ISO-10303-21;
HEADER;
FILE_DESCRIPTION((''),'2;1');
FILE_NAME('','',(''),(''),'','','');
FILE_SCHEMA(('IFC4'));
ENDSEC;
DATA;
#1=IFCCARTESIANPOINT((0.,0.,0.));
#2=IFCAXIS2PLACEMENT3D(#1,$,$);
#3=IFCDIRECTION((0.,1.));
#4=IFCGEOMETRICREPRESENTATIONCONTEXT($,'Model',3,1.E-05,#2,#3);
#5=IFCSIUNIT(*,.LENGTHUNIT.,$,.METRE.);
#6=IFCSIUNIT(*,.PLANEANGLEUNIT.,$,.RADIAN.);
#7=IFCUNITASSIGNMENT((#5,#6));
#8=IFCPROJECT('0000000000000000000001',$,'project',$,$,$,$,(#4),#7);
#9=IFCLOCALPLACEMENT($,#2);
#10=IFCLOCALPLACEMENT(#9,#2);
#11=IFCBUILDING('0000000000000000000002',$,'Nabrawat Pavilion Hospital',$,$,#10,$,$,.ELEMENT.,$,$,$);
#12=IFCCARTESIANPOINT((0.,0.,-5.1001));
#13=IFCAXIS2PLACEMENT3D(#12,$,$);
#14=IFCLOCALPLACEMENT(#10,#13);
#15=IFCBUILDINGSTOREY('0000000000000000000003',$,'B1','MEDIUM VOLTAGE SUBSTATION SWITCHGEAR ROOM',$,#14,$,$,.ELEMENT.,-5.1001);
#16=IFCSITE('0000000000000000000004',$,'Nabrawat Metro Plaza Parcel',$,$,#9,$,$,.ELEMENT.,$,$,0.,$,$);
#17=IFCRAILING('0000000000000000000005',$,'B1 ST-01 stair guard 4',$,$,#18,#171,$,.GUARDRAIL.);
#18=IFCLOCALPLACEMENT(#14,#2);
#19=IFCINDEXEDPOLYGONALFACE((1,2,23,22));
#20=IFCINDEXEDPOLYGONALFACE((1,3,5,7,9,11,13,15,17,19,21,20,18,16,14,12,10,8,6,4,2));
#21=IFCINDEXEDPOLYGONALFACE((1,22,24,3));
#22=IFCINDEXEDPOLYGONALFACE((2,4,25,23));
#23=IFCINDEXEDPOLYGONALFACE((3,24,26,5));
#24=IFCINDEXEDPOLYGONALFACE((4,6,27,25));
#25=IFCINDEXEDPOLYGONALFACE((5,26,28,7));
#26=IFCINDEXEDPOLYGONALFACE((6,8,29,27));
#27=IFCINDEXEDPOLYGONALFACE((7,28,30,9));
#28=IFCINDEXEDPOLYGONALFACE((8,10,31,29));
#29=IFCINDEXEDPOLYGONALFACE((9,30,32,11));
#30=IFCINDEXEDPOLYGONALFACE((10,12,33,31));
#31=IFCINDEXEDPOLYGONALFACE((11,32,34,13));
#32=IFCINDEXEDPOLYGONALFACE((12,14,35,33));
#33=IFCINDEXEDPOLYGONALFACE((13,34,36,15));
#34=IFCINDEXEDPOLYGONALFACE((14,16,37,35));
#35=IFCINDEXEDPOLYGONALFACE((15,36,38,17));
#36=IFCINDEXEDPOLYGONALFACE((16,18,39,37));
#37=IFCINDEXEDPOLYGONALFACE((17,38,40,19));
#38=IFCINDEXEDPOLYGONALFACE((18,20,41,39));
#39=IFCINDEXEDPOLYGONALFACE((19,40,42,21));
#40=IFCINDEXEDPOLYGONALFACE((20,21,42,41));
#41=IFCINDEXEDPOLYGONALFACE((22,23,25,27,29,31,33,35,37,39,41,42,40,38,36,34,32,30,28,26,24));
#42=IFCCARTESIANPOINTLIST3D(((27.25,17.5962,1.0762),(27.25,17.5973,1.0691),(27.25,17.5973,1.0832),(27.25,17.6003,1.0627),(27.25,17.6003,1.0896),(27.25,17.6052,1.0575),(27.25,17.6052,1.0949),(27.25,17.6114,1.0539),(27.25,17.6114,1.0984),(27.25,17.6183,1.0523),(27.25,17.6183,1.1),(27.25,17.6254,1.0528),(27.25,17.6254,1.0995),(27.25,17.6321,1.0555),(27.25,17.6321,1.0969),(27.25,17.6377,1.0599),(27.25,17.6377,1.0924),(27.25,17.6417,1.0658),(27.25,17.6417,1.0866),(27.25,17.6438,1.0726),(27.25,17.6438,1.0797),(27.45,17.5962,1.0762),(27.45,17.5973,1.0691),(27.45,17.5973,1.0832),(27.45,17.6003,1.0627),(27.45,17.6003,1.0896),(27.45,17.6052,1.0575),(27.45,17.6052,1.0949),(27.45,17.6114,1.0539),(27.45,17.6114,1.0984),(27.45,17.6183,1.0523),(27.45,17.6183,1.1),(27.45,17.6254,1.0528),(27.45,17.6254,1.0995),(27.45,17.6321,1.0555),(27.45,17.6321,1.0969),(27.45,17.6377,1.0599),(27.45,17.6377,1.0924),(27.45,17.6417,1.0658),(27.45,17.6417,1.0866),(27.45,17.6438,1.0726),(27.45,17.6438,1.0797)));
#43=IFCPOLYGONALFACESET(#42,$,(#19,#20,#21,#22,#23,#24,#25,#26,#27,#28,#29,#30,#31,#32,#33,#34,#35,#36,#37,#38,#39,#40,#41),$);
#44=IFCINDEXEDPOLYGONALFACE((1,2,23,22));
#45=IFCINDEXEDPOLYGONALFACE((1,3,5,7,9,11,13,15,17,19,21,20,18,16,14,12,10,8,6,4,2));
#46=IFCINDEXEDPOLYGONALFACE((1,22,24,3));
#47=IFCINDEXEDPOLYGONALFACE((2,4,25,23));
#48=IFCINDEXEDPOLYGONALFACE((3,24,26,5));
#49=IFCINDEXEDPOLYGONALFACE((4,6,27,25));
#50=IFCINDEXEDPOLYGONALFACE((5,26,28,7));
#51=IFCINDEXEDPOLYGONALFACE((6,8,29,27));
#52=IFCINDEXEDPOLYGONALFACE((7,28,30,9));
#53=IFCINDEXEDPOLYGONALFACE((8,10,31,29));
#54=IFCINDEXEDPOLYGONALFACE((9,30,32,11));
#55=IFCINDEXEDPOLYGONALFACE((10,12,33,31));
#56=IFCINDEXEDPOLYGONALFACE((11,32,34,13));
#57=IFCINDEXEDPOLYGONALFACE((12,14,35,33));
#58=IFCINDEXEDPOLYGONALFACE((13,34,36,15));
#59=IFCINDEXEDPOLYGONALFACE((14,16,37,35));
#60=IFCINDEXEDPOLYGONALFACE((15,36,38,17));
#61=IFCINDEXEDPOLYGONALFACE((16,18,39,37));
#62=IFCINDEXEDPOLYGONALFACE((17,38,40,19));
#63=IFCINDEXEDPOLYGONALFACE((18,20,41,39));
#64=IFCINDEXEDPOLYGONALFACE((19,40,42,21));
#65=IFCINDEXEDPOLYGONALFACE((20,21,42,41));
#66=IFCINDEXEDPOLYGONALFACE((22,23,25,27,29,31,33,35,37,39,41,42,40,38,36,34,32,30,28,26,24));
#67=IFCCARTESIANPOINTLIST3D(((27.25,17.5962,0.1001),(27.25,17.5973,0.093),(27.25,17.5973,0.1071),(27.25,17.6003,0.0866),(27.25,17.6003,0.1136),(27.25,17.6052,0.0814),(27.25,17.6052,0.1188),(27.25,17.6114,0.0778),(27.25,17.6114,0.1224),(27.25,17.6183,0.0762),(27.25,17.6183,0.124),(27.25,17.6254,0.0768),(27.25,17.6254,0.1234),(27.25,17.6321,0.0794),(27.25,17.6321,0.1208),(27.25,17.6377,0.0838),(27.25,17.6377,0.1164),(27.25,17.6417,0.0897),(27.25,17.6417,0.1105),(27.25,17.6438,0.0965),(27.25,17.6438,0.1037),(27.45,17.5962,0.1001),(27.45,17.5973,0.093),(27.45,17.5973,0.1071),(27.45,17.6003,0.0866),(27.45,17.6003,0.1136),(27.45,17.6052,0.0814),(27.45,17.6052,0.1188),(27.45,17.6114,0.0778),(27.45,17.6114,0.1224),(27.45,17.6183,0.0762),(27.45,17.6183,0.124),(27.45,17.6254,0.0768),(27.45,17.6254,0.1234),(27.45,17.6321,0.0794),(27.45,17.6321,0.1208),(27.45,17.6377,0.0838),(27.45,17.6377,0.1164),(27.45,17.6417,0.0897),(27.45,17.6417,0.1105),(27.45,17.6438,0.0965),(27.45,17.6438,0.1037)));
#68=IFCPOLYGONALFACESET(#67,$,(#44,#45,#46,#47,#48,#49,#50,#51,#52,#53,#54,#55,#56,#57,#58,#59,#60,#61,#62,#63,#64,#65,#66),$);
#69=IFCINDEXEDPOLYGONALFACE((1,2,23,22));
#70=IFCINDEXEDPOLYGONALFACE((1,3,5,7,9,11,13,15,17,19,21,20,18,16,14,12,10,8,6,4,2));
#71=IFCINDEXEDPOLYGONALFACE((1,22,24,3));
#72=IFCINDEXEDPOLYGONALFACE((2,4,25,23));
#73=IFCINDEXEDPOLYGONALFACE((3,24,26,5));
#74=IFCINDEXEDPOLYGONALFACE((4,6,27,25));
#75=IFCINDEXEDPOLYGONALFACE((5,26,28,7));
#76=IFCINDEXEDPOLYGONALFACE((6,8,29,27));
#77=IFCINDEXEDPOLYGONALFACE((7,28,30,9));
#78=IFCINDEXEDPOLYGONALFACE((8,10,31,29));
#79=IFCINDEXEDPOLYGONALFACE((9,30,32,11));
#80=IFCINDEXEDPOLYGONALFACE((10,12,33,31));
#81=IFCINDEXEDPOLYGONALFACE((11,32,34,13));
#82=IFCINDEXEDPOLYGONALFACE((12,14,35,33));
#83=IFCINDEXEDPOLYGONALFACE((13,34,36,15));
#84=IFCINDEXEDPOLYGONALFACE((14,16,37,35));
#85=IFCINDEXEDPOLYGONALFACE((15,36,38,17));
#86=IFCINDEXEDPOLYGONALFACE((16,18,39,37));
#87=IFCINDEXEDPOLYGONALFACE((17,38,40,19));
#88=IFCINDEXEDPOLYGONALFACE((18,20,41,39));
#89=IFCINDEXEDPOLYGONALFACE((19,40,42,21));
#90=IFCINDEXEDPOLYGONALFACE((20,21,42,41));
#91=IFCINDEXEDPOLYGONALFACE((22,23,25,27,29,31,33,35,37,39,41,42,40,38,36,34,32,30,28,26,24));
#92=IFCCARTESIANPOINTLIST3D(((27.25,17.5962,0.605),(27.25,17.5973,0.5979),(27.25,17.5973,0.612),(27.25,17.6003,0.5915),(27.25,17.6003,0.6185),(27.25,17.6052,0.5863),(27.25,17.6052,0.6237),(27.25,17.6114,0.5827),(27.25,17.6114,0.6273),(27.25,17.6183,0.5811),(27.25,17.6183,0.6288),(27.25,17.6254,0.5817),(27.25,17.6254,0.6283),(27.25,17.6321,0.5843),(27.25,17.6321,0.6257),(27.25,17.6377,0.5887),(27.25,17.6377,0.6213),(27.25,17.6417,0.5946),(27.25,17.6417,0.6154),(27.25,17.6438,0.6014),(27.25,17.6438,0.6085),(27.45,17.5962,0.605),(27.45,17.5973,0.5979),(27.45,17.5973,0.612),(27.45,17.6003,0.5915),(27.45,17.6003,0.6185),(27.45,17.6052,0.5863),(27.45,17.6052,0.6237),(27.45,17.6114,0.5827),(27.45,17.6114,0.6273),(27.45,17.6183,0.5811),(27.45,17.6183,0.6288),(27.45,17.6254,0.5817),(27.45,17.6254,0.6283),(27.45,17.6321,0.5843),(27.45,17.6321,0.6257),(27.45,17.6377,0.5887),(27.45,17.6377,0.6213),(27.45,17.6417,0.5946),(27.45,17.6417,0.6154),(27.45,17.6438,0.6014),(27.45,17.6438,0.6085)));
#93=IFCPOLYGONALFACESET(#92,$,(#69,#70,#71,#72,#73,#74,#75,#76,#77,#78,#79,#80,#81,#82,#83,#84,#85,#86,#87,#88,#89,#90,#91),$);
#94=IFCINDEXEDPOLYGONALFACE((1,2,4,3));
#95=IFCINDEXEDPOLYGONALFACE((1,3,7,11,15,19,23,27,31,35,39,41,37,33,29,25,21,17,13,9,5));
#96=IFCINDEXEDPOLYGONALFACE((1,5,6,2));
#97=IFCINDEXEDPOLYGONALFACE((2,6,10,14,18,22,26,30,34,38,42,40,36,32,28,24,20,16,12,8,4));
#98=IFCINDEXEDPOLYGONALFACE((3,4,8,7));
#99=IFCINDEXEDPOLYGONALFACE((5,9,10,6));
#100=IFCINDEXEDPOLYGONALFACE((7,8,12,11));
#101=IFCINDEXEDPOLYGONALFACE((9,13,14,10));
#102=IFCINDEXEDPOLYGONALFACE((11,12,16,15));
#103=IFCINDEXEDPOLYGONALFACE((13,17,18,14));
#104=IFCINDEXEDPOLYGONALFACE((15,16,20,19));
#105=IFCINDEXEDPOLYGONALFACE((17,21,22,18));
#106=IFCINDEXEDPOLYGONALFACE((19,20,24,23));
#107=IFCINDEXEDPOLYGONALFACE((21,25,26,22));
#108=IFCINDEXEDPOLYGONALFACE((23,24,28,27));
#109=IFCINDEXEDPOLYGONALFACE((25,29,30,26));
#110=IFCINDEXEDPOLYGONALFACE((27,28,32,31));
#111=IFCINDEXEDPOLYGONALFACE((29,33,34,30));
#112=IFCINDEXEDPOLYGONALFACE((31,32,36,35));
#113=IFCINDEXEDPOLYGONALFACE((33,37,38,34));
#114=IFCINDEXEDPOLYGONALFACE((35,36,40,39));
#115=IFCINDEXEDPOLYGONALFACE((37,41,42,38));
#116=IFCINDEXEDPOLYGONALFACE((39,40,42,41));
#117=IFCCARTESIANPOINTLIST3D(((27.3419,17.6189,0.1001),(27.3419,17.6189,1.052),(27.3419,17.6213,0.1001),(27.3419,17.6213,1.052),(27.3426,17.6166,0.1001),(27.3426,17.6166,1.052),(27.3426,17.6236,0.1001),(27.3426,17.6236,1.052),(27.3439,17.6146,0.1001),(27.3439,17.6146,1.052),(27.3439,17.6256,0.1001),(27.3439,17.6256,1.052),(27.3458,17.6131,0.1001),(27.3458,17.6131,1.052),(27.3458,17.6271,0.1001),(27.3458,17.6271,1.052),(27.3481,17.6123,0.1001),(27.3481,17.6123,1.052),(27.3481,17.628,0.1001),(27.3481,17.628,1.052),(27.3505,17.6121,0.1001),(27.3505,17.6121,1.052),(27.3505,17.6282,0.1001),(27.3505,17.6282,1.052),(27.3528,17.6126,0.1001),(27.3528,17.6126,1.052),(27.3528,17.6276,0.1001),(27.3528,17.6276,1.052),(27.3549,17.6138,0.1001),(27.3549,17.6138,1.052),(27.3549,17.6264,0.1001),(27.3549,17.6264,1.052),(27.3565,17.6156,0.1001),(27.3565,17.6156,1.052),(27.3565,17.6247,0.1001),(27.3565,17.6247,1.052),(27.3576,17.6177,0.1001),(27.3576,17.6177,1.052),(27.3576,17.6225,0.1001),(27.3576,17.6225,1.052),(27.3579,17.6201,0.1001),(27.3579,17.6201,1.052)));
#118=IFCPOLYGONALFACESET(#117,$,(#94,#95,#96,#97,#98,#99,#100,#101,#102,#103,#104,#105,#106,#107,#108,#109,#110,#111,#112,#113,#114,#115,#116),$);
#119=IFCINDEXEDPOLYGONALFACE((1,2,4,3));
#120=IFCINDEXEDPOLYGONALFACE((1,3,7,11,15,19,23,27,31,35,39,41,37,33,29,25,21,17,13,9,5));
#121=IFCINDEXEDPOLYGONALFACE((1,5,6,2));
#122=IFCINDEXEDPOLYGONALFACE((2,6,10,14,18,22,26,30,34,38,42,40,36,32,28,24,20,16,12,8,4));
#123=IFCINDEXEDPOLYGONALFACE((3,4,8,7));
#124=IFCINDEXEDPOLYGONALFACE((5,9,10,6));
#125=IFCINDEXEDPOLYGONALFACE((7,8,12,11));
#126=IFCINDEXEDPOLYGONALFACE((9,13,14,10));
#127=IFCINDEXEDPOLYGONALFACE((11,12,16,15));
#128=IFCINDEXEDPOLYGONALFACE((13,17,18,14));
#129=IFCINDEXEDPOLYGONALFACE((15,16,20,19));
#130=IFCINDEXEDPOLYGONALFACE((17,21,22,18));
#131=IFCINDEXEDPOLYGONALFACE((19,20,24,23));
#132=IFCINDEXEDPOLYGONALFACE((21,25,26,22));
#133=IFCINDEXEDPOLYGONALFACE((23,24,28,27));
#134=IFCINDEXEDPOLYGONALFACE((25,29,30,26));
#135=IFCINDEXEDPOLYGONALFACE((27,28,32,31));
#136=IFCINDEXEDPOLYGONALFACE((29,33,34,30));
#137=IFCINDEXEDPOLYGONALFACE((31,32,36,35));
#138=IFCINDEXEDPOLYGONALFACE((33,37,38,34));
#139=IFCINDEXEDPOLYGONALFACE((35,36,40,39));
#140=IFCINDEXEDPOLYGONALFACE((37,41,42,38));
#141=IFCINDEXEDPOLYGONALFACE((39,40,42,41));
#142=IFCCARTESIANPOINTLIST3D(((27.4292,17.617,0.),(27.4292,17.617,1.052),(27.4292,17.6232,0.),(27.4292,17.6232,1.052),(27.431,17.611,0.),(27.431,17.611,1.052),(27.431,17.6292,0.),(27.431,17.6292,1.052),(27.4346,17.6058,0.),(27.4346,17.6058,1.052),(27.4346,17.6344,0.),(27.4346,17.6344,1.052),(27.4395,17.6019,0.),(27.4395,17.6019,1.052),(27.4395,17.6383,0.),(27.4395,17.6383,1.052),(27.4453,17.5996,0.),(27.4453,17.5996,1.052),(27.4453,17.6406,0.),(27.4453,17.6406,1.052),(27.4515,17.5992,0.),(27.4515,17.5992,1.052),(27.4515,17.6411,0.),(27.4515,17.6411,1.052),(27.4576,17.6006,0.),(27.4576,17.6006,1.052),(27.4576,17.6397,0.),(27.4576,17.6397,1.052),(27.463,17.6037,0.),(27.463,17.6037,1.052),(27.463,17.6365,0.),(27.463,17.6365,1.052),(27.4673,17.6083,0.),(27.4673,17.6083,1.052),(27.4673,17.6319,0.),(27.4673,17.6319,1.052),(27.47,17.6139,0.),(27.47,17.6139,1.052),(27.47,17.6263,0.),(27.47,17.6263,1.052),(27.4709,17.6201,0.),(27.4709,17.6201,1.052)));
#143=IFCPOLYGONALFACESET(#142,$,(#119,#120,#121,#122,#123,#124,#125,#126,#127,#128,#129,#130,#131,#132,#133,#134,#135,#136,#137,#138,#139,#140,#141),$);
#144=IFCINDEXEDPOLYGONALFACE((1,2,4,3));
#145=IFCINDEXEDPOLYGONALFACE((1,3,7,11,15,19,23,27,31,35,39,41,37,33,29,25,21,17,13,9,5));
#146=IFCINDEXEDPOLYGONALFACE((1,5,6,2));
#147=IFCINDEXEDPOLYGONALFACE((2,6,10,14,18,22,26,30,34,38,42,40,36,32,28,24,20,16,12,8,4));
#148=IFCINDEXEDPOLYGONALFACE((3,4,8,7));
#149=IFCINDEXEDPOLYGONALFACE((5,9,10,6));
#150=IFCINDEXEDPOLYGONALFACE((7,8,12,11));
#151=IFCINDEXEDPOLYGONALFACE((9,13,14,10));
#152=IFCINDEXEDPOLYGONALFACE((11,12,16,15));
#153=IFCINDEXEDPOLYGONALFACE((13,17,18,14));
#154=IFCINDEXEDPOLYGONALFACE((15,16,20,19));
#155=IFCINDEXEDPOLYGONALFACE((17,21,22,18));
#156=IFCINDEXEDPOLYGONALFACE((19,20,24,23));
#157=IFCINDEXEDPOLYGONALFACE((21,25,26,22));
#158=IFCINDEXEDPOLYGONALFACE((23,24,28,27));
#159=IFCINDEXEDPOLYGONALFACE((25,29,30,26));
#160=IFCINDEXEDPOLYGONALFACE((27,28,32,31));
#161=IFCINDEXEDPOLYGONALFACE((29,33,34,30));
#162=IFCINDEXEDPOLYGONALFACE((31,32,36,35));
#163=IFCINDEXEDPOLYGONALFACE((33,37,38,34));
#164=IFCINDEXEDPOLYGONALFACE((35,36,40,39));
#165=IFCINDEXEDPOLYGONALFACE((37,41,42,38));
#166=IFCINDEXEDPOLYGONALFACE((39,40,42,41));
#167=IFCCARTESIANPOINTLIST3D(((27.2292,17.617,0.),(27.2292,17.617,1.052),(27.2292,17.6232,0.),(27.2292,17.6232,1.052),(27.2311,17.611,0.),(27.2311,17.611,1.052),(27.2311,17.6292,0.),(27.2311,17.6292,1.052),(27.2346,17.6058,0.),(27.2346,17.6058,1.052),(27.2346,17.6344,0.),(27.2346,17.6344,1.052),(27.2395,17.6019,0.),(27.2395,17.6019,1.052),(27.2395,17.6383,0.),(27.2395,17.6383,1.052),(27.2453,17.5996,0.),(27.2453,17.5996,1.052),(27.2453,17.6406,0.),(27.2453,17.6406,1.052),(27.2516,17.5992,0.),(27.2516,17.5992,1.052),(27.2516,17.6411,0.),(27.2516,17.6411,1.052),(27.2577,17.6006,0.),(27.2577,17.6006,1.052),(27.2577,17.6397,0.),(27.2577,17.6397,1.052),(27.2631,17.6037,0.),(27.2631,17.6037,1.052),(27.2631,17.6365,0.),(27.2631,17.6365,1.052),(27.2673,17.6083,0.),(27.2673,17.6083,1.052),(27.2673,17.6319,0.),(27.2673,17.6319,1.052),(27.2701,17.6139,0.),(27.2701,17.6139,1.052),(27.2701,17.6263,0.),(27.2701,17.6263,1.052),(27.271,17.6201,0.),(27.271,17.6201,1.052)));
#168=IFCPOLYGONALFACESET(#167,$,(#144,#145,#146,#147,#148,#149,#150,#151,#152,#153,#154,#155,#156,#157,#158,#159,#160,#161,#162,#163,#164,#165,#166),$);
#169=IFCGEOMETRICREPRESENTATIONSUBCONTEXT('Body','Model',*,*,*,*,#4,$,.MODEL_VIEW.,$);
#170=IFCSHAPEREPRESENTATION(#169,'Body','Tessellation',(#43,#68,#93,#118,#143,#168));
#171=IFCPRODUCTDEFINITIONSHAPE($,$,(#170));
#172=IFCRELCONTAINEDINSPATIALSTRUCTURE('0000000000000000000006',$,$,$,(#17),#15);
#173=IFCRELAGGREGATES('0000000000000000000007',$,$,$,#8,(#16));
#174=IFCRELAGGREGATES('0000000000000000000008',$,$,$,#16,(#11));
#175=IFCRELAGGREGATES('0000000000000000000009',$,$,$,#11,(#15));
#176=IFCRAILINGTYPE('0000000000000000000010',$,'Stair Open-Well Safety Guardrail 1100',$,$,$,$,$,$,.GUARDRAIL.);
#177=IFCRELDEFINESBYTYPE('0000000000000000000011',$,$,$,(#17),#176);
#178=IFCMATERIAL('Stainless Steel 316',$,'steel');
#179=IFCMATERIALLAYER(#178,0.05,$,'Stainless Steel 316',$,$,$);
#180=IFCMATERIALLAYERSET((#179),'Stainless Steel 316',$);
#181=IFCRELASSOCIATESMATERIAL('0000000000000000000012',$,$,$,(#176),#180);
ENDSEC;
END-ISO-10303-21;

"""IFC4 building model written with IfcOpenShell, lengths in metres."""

from ifc_helpers import new_model, si_unit, direction, frame, origin, origin_2d, place, context, subcontext, project, spatial, circle, extrude, material, layer, layer_set, type_object, element, save


model = new_model("IFC4")

# Units and contexts
model_context = context("Model", 3, precision=1e-05, world=origin(), true_north=direction((0.0, 1.0)))
body_context = subcontext(model_context, "Body", "Model", "MODEL_VIEW")
ifc_project = project(units=[si_unit("LENGTHUNIT", "METRE"), si_unit("PLANEANGLEUNIT", "RADIAN")], contexts=[model_context])

# Site, building, storey
site_placement = place(None, origin())
site = spatial("IfcSite", under=ifc_project, at=site_placement, Name="Nabrawat Metro Plaza Parcel", CompositionType="ELEMENT", RefElevation=0.0)
building_placement = place(site_placement, origin())
building = spatial("IfcBuilding", under=site, at=building_placement, Name="Nabrawat Pavilion Hospital", CompositionType="ELEMENT")
storey_placement = place(building_placement, frame((0.0, 0.0, -5.1001)))
storey = spatial("IfcBuildingStorey", under=building, at=storey_placement, Name="B1", Description="MEDIUM VOLTAGE SUBSTATION SWITCHGEAR ROOM", CompositionType="ELEMENT", Elevation=-5.1001)

# Railing
ifc_material_1 = material(Name="Stainless Steel 316", Category="steel")
ifc_layer_1 = layer(ifc_material_1, 0.05, Name="Stainless Steel 316")
ifc_layer_set_1 = layer_set([ifc_layer_1], Name="Stainless Steel 316")
railing_type_1 = type_object("IfcRailingType", Name="Stair Open-Well Safety Guardrail 1100", PredefinedType="GUARDRAIL", material=ifc_layer_set_1)
railing_1_placement = place(storey_placement, frame((27.45, 17.6201, 0.0)))
element("IfcRailing", 1, at=railing_1_placement, inside=storey, type_object=railing_type_1, Name="B1 ST-01 stair guard 4", PredefinedType="GUARDRAIL", context=body_context, shape_type="SweptSolid", body=[
    extrude(circle(Radius=0.0239, at=origin_2d()), frame((0.0, 0.0, 1.0762), z_axis=(-1.0, 0.0, 0.0), x_axis=(0.0, -1.0, 0.0)), (0.0, 0.0, 1.0), 0.2),
    extrude(circle(Radius=0.0239, at=origin_2d()), frame((0.0, 0.0, 0.1001), z_axis=(-1.0, 0.0, 0.0), x_axis=(0.0, -1.0, 0.0)), (0.0, 0.0, 1.0), 0.2),
    extrude(circle(Radius=0.0239, at=origin_2d()), frame((0.0, 0.0, 0.605), z_axis=(-1.0, 0.0, 0.0), x_axis=(0.0, -1.0, 0.0)), (0.0, 0.0, 1.0), 0.2),
    extrude(circle(Radius=0.0081, at=origin_2d()), frame((-0.1001, 0.0, 0.1001)), (0.0, 0.0, 1.0), 0.9519),
    extrude(circle(Radius=0.021, at=origin_2d()), origin(), (0.0, 0.0, 1.0), 1.052),
    extrude(circle(Radius=0.021, at=origin_2d()), frame((-0.2, 0.0, 0.0)), (0.0, 0.0, 1.0), 1.052),
])

save(model, "model.ifc")
